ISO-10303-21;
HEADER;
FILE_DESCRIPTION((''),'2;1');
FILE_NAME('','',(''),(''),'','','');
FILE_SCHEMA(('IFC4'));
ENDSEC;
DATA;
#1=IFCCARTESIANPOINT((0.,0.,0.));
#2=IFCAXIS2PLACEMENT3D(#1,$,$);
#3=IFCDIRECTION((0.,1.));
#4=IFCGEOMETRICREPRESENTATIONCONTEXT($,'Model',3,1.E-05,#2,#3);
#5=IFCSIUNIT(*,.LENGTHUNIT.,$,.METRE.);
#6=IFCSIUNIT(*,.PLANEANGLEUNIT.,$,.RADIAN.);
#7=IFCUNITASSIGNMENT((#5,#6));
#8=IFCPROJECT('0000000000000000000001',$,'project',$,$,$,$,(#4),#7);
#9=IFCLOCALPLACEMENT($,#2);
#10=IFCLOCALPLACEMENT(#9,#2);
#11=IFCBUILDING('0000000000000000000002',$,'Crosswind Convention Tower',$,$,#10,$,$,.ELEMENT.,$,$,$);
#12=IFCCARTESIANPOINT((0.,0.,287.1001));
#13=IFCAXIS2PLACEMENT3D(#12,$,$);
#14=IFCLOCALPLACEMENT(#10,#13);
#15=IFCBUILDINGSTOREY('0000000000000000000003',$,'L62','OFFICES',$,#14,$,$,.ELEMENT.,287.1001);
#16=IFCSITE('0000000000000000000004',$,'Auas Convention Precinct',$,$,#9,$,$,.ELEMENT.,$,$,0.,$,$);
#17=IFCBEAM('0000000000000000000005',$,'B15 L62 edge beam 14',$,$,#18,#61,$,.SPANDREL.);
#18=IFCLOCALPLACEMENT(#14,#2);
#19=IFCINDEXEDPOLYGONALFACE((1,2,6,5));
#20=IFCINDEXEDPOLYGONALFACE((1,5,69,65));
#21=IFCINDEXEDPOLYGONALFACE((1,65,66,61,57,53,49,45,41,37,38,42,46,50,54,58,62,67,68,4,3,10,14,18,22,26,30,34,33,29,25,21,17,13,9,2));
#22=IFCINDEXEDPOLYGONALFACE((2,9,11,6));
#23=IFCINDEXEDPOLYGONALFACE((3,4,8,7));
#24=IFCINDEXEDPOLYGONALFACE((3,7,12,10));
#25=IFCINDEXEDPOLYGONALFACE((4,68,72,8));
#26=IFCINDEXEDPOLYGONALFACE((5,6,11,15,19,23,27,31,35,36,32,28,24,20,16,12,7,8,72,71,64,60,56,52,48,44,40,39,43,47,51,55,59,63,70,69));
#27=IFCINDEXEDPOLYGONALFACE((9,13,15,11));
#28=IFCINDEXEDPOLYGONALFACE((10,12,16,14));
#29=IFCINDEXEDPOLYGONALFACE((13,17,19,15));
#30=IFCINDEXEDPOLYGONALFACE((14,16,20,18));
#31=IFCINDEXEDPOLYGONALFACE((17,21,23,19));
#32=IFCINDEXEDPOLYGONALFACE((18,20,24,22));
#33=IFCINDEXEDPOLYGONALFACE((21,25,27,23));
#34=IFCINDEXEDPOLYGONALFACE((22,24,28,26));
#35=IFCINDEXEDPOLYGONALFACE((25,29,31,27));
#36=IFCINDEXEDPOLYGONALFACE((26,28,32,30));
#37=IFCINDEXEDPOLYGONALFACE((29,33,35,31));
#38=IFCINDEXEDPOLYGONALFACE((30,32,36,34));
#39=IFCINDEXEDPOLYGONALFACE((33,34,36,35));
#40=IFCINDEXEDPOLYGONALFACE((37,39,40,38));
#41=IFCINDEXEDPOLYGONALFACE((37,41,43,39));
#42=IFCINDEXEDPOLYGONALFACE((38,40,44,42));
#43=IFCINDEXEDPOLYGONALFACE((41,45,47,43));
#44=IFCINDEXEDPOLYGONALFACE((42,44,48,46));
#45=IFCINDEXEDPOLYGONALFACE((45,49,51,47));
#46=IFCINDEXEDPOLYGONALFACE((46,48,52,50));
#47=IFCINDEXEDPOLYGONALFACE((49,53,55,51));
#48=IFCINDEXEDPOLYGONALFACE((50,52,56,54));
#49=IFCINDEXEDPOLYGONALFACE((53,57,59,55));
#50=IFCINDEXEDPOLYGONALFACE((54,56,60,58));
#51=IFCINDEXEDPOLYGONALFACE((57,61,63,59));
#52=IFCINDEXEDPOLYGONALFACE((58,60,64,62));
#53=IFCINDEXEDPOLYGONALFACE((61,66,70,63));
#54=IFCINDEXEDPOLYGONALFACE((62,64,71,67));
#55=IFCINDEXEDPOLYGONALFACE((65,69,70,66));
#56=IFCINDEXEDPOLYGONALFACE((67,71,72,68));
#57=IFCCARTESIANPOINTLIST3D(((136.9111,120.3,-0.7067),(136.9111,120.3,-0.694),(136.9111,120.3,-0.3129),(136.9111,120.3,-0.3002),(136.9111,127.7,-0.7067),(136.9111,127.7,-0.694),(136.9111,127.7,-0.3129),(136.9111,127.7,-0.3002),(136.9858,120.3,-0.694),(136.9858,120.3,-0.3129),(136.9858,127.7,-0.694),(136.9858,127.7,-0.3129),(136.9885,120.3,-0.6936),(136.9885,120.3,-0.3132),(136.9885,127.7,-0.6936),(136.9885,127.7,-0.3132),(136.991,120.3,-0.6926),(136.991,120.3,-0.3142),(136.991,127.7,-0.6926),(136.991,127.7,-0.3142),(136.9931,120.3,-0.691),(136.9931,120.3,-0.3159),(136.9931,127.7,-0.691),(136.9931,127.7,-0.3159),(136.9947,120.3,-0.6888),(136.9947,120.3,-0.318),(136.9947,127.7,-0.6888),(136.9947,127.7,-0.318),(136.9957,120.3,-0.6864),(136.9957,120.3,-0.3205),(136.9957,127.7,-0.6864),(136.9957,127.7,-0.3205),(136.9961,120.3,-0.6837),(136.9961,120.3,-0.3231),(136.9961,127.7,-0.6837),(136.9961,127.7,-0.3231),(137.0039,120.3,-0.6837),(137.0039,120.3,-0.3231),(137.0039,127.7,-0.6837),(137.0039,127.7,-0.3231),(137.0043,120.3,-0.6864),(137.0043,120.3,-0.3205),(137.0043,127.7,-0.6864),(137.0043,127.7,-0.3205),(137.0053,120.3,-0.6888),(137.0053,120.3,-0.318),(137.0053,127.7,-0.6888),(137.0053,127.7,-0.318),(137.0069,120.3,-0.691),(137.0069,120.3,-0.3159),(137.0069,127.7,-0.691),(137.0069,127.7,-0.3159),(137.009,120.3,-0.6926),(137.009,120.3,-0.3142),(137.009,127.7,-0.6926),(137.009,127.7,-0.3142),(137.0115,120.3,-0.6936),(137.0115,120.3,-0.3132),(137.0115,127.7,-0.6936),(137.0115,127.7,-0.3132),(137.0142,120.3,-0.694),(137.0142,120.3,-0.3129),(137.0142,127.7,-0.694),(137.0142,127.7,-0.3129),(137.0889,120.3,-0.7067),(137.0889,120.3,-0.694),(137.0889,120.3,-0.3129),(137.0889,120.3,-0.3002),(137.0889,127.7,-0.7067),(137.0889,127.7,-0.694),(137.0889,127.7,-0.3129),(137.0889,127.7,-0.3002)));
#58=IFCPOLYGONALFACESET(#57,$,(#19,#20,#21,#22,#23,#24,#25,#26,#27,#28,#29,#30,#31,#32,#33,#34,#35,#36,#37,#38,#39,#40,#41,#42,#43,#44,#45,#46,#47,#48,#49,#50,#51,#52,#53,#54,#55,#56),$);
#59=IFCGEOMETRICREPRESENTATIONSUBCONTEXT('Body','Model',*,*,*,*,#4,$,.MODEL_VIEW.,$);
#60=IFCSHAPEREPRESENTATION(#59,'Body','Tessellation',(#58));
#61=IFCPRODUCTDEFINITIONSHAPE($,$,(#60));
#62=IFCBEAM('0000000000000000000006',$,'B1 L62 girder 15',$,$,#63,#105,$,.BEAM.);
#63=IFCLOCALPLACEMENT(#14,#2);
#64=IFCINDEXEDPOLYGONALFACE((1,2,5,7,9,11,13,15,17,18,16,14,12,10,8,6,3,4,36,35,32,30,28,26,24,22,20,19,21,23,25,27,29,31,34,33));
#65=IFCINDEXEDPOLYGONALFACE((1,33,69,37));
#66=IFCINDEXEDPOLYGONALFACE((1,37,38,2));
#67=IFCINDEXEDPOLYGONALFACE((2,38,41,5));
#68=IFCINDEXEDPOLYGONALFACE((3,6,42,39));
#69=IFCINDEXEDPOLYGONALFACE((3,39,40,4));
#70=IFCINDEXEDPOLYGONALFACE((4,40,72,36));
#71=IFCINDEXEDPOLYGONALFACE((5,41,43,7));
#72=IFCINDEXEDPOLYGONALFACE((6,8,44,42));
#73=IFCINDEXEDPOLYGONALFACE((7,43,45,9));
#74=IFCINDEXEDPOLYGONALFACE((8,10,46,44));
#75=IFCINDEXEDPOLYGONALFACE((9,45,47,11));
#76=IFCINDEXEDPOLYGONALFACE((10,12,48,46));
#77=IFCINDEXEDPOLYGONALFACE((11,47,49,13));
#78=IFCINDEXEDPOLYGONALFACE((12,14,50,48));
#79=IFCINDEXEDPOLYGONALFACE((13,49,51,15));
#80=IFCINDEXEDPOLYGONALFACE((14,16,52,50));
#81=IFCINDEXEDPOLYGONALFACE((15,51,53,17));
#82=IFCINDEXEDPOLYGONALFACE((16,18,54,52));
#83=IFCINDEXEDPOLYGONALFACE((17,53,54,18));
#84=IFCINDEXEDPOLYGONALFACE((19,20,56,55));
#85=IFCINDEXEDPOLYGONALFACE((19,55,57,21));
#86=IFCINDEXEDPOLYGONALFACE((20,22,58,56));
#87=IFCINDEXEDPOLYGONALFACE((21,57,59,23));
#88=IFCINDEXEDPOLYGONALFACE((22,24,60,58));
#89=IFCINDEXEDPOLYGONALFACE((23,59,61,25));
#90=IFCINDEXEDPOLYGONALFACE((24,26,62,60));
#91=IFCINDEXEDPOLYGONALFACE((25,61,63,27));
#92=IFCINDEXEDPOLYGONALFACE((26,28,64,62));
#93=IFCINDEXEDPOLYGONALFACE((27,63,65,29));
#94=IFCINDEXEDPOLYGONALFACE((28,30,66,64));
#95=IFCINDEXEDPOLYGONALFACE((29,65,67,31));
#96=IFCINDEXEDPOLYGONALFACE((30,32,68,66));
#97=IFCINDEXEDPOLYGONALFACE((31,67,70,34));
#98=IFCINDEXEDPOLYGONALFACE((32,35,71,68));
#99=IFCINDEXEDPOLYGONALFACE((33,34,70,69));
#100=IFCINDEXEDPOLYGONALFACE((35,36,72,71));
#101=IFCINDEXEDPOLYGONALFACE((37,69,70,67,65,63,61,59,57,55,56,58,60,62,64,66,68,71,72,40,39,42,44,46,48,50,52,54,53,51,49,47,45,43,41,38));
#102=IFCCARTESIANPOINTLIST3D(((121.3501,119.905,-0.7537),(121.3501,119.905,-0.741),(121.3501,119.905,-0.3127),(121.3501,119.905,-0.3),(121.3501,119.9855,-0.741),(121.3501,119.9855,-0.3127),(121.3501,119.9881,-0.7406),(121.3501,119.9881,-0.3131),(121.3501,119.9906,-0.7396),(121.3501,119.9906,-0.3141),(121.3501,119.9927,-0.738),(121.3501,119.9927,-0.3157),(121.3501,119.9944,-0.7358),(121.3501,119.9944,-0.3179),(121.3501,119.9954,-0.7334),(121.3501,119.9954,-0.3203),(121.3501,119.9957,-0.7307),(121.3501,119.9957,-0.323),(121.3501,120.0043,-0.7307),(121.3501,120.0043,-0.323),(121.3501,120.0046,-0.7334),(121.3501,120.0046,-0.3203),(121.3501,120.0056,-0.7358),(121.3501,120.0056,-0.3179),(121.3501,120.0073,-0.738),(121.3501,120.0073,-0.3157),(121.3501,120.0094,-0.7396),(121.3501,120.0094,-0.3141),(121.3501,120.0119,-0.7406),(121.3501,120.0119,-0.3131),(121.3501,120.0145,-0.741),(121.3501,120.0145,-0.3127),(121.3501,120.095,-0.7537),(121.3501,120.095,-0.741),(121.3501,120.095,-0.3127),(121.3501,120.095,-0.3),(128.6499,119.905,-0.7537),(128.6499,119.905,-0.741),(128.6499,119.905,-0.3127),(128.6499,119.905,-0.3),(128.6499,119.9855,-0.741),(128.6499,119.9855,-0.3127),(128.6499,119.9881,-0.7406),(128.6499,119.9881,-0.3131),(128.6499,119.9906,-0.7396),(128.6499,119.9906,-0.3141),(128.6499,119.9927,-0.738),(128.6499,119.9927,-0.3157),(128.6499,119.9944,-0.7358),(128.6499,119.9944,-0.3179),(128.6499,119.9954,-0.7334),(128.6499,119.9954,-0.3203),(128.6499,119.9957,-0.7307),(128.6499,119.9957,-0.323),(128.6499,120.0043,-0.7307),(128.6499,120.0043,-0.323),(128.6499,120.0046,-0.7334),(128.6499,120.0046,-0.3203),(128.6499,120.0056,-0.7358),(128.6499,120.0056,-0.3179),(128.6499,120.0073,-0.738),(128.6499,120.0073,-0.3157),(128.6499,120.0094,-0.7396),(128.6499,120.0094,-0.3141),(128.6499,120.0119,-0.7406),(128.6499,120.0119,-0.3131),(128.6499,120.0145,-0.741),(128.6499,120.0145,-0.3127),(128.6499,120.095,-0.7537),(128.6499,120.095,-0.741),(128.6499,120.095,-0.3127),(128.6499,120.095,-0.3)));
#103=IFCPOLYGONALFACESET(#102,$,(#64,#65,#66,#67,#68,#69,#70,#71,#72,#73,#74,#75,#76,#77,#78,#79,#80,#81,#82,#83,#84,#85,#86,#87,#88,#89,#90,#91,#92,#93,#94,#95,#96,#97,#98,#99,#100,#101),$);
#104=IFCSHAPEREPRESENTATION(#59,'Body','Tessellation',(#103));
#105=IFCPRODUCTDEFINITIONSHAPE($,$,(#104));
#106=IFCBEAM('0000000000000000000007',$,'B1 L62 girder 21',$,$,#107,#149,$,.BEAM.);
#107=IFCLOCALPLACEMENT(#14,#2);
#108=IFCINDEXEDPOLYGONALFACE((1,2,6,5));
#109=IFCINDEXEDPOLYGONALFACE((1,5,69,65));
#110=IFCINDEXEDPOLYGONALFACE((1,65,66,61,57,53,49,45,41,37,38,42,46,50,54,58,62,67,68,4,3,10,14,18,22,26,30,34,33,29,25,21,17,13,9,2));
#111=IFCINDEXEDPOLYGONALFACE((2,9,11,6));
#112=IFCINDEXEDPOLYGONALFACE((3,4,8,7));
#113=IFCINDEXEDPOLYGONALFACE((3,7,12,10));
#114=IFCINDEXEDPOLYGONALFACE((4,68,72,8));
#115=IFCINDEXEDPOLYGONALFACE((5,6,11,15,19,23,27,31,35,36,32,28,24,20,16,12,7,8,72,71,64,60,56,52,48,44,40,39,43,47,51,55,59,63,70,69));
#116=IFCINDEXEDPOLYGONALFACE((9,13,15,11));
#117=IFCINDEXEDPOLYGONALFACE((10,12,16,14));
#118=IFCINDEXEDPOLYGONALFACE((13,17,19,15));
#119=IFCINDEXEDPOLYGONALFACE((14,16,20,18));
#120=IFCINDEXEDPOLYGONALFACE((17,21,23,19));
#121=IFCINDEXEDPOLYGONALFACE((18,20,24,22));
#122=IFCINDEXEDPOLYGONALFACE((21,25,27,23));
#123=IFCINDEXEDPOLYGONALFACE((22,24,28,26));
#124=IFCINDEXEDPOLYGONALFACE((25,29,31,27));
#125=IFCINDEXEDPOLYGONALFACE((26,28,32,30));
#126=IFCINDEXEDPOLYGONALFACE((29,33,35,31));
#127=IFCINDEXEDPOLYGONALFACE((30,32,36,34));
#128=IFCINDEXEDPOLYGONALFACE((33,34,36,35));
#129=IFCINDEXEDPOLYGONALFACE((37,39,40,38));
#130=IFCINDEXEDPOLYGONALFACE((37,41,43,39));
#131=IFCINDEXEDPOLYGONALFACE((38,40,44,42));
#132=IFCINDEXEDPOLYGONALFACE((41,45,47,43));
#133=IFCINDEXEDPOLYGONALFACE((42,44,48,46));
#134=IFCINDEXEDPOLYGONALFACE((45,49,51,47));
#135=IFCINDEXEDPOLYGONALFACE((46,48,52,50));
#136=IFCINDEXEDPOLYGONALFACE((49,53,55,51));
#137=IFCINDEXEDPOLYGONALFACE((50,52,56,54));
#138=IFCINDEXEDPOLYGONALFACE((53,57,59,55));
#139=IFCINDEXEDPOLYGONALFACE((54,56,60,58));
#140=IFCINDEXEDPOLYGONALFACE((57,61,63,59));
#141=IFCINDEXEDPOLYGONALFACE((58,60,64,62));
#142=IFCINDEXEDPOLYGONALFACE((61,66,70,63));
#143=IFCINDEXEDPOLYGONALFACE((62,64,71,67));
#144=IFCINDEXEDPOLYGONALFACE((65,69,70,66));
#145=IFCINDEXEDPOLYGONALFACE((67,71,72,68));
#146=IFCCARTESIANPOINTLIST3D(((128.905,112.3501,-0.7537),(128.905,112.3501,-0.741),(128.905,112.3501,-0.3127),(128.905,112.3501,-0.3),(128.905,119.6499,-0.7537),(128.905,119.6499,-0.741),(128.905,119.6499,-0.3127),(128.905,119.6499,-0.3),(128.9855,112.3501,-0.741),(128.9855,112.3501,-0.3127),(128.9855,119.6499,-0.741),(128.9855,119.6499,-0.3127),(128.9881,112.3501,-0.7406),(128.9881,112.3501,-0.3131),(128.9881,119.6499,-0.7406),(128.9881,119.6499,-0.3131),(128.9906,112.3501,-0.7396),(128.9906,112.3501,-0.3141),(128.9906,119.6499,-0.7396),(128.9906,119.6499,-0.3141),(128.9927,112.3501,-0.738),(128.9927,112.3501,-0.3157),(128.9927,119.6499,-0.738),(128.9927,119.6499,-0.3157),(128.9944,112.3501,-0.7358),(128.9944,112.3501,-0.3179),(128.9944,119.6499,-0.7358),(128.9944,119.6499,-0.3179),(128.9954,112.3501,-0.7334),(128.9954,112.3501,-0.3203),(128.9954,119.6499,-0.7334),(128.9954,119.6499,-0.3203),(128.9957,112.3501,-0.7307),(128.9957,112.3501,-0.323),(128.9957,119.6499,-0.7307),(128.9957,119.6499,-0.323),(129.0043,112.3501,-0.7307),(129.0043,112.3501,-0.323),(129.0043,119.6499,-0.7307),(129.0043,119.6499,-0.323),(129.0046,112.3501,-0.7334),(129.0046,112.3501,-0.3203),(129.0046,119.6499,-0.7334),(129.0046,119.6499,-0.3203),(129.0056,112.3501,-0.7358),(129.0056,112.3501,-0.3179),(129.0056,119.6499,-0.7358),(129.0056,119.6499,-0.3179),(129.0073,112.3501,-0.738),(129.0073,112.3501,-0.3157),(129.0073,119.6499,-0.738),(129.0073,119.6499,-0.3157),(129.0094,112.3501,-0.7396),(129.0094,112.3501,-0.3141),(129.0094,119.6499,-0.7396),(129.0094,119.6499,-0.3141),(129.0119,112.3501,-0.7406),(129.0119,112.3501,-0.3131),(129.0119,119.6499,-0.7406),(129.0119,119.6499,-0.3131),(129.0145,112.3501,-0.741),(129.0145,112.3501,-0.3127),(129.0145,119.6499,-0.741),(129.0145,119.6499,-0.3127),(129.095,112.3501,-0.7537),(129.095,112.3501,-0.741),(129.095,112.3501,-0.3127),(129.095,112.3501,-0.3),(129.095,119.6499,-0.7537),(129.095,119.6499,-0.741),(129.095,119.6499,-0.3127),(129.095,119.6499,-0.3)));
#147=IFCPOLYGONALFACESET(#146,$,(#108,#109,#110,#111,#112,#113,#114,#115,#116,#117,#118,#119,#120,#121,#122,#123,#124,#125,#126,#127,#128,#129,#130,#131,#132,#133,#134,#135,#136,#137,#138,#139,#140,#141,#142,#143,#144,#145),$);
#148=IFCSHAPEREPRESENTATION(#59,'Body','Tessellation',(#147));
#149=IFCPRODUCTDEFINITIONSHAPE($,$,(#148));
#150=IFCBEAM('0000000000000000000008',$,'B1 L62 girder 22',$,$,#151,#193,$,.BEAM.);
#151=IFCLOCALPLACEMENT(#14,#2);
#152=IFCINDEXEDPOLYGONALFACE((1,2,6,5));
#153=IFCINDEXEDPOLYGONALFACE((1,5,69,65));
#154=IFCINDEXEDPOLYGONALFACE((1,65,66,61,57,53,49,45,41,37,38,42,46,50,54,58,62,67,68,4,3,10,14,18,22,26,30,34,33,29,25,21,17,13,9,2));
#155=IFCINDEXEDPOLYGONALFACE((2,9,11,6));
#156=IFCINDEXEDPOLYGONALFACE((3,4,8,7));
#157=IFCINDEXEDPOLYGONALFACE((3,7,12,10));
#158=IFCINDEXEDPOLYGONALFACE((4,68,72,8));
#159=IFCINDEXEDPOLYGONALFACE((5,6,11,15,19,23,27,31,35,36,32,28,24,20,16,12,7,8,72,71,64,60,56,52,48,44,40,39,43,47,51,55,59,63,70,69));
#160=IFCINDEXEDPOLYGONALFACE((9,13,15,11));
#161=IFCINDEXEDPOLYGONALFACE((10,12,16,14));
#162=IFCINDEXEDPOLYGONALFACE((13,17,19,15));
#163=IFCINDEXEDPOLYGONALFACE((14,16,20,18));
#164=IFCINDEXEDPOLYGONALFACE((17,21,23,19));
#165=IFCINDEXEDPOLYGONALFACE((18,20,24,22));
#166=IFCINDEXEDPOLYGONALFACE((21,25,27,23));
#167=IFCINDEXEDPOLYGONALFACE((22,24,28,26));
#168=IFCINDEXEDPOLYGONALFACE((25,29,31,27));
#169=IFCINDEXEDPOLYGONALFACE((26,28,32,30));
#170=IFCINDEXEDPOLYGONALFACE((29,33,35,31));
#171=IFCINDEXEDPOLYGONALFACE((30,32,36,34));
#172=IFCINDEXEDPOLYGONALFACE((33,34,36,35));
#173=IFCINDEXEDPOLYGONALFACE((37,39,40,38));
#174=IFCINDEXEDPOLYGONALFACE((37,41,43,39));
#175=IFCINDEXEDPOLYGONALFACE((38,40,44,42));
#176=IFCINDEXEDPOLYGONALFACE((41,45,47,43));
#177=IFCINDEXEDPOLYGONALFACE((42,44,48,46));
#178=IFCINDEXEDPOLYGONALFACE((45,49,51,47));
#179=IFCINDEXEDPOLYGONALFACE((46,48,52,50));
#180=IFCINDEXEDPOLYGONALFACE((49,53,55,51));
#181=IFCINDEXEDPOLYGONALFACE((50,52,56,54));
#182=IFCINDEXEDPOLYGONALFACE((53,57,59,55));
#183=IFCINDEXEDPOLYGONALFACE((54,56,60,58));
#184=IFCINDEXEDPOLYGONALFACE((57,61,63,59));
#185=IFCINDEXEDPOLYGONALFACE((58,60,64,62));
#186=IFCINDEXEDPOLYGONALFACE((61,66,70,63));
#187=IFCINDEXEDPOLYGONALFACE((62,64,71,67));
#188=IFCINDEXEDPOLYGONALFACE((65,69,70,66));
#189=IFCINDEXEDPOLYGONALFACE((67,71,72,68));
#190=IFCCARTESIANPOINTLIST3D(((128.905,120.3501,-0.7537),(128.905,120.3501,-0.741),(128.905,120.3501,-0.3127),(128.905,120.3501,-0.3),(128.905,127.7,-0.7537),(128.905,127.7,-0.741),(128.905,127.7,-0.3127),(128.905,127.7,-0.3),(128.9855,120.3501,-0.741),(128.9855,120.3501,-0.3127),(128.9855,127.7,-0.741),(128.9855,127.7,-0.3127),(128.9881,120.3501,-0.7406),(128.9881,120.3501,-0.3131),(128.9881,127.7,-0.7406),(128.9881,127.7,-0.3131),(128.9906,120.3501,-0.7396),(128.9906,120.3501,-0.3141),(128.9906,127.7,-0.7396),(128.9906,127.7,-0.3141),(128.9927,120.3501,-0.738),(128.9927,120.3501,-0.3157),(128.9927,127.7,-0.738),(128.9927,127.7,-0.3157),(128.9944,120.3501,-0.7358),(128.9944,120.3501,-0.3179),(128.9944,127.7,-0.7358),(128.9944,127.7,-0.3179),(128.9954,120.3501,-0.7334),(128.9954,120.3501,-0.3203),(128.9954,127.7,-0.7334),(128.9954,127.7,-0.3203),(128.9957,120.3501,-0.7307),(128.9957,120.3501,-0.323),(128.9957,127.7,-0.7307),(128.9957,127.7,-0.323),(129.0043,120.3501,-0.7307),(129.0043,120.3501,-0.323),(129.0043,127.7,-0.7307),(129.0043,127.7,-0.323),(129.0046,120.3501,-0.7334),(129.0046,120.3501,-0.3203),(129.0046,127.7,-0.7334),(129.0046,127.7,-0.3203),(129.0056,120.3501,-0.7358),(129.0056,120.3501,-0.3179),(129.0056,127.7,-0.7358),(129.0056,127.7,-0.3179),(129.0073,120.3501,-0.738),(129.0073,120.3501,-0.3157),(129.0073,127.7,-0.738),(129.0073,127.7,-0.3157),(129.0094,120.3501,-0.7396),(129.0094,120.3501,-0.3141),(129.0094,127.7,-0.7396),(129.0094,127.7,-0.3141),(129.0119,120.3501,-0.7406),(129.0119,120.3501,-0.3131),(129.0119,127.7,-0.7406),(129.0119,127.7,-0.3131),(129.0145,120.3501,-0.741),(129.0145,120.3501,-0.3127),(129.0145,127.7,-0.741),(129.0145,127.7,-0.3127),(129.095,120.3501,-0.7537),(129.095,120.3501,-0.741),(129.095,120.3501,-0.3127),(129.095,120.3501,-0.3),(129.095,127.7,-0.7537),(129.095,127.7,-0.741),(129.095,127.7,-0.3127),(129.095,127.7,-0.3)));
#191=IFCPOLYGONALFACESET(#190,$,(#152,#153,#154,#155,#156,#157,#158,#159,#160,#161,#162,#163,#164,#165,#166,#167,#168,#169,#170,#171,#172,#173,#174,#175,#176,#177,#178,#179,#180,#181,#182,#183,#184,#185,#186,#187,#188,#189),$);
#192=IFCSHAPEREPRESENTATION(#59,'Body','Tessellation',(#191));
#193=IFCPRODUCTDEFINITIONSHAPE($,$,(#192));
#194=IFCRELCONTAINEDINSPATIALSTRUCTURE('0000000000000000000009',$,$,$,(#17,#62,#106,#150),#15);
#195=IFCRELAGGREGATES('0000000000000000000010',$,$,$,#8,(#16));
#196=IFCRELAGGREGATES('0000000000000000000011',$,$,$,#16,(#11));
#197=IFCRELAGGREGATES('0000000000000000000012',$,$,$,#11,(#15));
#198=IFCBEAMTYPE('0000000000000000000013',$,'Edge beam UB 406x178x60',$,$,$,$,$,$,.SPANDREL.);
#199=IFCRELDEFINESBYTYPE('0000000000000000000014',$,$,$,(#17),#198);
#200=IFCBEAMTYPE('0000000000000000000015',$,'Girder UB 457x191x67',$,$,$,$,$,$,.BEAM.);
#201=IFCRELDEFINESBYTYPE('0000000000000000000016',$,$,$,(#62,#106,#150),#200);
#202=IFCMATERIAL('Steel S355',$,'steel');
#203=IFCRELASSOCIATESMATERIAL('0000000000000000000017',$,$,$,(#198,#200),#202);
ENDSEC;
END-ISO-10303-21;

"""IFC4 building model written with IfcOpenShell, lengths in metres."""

from ifc_helpers import new_model, si_unit, direction, frame, origin, origin_2d, place, context, subcontext, project, spatial, i_section, extrude, material, material_profile, profile_set, type_object, element, save


model = new_model("IFC4")

# Units and contexts
model_context = context("Model", 3, precision=1e-05, world=origin(), true_north=direction((0.0, 1.0)))
body_context = subcontext(model_context, "Body", "Model", "MODEL_VIEW")
ifc_project = project(units=[si_unit("LENGTHUNIT", "METRE"), si_unit("PLANEANGLEUNIT", "RADIAN")], contexts=[model_context])

# Site, building, storey
site_placement = place(None, origin())
site = spatial("IfcSite", under=ifc_project, at=site_placement, Name="Auas Convention Precinct", CompositionType="ELEMENT", RefElevation=0.0)
building_placement = place(site_placement, origin())
building = spatial("IfcBuilding", under=site, at=building_placement, Name="Crosswind Convention Tower", CompositionType="ELEMENT")
storey_placement = place(building_placement, frame((0.0, 0.0, 287.1001)))
storey = spatial("IfcBuildingStorey", under=building, at=storey_placement, Name="L62", Description="OFFICES", CompositionType="ELEMENT", Elevation=287.1001)

# Beams
ifc_material_1 = material(Name="Steel S355", Category="steel")
ifc_material_profile_1 = material_profile(ifc_material_1, i_section(OverallWidth=0.1777, OverallDepth=0.4065, WebThickness=0.0078, FlangeThickness=0.0127, FilletRadius=0.0103, at=origin_2d()), Name="UB 406x178x60")
ifc_profile_set_1 = profile_set([ifc_material_profile_1], Name="Steel S355")
beam_type_1 = type_object("IfcBeamType", Name="Edge beam UB 406x178x60", PredefinedType="SPANDREL", material=ifc_profile_set_1)
beam_1_placement = place(storey_placement, frame((137.0, 120.3, -0.5034), z_axis=(0.0, 1.0, 0.0), x_axis=(-1.0, 0.0, 0.0)))
element("IfcBeam", 1, at=beam_1_placement, inside=storey, type_object=beam_type_1, Name="B15 L62 edge beam 14", PredefinedType="SPANDREL", context=body_context, shape_type="SweptSolid", body=[
    extrude(i_section(OverallWidth=0.1777, OverallDepth=0.4065, WebThickness=0.0078, FlangeThickness=0.0127, FilletRadius=0.0103, at=origin_2d()), origin(), (0.0, 0.0, 1.0), 7.3999),
])
ifc_material_profile_2 = material_profile(ifc_material_1, i_section(OverallWidth=0.1899, OverallDepth=0.4536, WebThickness=0.0085, FlangeThickness=0.0127, FilletRadius=0.0103, at=origin_2d()), Name="UB 457x191x67")
ifc_profile_set_2 = profile_set([ifc_material_profile_2], Name="Steel S355")
beam_type_2 = type_object("IfcBeamType", Name="Girder UB 457x191x67", PredefinedType="BEAM", material=ifc_profile_set_2)
for number, where, z_axis, x_axis, name in (
    (2, (121.3501, 120.0, -0.5269), (1.0, 0.0, 0.0), (0.0, 1.0, 0.0), "B1 L62 girder 15"),
    (3, (129.0, 112.3501, -0.5269), (0.0, 1.0, 0.0), (-1.0, 0.0, 0.0), "B1 L62 girder 21"),
):
    element("IfcBeam", number, at=place(storey_placement, frame(where, z_axis=z_axis, x_axis=x_axis)), inside=storey, type_object=beam_type_2, Name=name, PredefinedType="BEAM", context=body_context, shape_type="SweptSolid", body=[
        extrude(i_section(OverallWidth=0.1899, OverallDepth=0.4536, WebThickness=0.0085, FlangeThickness=0.0127, FilletRadius=0.0103, at=origin_2d()), origin(), (0.0, 0.0, 1.0), 7.2998),
    ])
for number, where, z_axis, x_axis, name in (
    (4, (129.0, 120.3501, -0.5269), (0.0, 1.0, 0.0), (-1.0, 0.0, 0.0), "B1 L62 girder 22"),
):
    element("IfcBeam", number, at=place(storey_placement, frame(where, z_axis=z_axis, x_axis=x_axis)), inside=storey, type_object=beam_type_2, Name=name, PredefinedType="BEAM", context=body_context, shape_type="SweptSolid", body=[
        extrude(i_section(OverallWidth=0.1899, OverallDepth=0.4536, WebThickness=0.0085, FlangeThickness=0.0127, FilletRadius=0.0103, at=origin_2d()), origin(), (0.0, 0.0, 1.0), 7.3499),
    ])

save(model, "model.ifc")
